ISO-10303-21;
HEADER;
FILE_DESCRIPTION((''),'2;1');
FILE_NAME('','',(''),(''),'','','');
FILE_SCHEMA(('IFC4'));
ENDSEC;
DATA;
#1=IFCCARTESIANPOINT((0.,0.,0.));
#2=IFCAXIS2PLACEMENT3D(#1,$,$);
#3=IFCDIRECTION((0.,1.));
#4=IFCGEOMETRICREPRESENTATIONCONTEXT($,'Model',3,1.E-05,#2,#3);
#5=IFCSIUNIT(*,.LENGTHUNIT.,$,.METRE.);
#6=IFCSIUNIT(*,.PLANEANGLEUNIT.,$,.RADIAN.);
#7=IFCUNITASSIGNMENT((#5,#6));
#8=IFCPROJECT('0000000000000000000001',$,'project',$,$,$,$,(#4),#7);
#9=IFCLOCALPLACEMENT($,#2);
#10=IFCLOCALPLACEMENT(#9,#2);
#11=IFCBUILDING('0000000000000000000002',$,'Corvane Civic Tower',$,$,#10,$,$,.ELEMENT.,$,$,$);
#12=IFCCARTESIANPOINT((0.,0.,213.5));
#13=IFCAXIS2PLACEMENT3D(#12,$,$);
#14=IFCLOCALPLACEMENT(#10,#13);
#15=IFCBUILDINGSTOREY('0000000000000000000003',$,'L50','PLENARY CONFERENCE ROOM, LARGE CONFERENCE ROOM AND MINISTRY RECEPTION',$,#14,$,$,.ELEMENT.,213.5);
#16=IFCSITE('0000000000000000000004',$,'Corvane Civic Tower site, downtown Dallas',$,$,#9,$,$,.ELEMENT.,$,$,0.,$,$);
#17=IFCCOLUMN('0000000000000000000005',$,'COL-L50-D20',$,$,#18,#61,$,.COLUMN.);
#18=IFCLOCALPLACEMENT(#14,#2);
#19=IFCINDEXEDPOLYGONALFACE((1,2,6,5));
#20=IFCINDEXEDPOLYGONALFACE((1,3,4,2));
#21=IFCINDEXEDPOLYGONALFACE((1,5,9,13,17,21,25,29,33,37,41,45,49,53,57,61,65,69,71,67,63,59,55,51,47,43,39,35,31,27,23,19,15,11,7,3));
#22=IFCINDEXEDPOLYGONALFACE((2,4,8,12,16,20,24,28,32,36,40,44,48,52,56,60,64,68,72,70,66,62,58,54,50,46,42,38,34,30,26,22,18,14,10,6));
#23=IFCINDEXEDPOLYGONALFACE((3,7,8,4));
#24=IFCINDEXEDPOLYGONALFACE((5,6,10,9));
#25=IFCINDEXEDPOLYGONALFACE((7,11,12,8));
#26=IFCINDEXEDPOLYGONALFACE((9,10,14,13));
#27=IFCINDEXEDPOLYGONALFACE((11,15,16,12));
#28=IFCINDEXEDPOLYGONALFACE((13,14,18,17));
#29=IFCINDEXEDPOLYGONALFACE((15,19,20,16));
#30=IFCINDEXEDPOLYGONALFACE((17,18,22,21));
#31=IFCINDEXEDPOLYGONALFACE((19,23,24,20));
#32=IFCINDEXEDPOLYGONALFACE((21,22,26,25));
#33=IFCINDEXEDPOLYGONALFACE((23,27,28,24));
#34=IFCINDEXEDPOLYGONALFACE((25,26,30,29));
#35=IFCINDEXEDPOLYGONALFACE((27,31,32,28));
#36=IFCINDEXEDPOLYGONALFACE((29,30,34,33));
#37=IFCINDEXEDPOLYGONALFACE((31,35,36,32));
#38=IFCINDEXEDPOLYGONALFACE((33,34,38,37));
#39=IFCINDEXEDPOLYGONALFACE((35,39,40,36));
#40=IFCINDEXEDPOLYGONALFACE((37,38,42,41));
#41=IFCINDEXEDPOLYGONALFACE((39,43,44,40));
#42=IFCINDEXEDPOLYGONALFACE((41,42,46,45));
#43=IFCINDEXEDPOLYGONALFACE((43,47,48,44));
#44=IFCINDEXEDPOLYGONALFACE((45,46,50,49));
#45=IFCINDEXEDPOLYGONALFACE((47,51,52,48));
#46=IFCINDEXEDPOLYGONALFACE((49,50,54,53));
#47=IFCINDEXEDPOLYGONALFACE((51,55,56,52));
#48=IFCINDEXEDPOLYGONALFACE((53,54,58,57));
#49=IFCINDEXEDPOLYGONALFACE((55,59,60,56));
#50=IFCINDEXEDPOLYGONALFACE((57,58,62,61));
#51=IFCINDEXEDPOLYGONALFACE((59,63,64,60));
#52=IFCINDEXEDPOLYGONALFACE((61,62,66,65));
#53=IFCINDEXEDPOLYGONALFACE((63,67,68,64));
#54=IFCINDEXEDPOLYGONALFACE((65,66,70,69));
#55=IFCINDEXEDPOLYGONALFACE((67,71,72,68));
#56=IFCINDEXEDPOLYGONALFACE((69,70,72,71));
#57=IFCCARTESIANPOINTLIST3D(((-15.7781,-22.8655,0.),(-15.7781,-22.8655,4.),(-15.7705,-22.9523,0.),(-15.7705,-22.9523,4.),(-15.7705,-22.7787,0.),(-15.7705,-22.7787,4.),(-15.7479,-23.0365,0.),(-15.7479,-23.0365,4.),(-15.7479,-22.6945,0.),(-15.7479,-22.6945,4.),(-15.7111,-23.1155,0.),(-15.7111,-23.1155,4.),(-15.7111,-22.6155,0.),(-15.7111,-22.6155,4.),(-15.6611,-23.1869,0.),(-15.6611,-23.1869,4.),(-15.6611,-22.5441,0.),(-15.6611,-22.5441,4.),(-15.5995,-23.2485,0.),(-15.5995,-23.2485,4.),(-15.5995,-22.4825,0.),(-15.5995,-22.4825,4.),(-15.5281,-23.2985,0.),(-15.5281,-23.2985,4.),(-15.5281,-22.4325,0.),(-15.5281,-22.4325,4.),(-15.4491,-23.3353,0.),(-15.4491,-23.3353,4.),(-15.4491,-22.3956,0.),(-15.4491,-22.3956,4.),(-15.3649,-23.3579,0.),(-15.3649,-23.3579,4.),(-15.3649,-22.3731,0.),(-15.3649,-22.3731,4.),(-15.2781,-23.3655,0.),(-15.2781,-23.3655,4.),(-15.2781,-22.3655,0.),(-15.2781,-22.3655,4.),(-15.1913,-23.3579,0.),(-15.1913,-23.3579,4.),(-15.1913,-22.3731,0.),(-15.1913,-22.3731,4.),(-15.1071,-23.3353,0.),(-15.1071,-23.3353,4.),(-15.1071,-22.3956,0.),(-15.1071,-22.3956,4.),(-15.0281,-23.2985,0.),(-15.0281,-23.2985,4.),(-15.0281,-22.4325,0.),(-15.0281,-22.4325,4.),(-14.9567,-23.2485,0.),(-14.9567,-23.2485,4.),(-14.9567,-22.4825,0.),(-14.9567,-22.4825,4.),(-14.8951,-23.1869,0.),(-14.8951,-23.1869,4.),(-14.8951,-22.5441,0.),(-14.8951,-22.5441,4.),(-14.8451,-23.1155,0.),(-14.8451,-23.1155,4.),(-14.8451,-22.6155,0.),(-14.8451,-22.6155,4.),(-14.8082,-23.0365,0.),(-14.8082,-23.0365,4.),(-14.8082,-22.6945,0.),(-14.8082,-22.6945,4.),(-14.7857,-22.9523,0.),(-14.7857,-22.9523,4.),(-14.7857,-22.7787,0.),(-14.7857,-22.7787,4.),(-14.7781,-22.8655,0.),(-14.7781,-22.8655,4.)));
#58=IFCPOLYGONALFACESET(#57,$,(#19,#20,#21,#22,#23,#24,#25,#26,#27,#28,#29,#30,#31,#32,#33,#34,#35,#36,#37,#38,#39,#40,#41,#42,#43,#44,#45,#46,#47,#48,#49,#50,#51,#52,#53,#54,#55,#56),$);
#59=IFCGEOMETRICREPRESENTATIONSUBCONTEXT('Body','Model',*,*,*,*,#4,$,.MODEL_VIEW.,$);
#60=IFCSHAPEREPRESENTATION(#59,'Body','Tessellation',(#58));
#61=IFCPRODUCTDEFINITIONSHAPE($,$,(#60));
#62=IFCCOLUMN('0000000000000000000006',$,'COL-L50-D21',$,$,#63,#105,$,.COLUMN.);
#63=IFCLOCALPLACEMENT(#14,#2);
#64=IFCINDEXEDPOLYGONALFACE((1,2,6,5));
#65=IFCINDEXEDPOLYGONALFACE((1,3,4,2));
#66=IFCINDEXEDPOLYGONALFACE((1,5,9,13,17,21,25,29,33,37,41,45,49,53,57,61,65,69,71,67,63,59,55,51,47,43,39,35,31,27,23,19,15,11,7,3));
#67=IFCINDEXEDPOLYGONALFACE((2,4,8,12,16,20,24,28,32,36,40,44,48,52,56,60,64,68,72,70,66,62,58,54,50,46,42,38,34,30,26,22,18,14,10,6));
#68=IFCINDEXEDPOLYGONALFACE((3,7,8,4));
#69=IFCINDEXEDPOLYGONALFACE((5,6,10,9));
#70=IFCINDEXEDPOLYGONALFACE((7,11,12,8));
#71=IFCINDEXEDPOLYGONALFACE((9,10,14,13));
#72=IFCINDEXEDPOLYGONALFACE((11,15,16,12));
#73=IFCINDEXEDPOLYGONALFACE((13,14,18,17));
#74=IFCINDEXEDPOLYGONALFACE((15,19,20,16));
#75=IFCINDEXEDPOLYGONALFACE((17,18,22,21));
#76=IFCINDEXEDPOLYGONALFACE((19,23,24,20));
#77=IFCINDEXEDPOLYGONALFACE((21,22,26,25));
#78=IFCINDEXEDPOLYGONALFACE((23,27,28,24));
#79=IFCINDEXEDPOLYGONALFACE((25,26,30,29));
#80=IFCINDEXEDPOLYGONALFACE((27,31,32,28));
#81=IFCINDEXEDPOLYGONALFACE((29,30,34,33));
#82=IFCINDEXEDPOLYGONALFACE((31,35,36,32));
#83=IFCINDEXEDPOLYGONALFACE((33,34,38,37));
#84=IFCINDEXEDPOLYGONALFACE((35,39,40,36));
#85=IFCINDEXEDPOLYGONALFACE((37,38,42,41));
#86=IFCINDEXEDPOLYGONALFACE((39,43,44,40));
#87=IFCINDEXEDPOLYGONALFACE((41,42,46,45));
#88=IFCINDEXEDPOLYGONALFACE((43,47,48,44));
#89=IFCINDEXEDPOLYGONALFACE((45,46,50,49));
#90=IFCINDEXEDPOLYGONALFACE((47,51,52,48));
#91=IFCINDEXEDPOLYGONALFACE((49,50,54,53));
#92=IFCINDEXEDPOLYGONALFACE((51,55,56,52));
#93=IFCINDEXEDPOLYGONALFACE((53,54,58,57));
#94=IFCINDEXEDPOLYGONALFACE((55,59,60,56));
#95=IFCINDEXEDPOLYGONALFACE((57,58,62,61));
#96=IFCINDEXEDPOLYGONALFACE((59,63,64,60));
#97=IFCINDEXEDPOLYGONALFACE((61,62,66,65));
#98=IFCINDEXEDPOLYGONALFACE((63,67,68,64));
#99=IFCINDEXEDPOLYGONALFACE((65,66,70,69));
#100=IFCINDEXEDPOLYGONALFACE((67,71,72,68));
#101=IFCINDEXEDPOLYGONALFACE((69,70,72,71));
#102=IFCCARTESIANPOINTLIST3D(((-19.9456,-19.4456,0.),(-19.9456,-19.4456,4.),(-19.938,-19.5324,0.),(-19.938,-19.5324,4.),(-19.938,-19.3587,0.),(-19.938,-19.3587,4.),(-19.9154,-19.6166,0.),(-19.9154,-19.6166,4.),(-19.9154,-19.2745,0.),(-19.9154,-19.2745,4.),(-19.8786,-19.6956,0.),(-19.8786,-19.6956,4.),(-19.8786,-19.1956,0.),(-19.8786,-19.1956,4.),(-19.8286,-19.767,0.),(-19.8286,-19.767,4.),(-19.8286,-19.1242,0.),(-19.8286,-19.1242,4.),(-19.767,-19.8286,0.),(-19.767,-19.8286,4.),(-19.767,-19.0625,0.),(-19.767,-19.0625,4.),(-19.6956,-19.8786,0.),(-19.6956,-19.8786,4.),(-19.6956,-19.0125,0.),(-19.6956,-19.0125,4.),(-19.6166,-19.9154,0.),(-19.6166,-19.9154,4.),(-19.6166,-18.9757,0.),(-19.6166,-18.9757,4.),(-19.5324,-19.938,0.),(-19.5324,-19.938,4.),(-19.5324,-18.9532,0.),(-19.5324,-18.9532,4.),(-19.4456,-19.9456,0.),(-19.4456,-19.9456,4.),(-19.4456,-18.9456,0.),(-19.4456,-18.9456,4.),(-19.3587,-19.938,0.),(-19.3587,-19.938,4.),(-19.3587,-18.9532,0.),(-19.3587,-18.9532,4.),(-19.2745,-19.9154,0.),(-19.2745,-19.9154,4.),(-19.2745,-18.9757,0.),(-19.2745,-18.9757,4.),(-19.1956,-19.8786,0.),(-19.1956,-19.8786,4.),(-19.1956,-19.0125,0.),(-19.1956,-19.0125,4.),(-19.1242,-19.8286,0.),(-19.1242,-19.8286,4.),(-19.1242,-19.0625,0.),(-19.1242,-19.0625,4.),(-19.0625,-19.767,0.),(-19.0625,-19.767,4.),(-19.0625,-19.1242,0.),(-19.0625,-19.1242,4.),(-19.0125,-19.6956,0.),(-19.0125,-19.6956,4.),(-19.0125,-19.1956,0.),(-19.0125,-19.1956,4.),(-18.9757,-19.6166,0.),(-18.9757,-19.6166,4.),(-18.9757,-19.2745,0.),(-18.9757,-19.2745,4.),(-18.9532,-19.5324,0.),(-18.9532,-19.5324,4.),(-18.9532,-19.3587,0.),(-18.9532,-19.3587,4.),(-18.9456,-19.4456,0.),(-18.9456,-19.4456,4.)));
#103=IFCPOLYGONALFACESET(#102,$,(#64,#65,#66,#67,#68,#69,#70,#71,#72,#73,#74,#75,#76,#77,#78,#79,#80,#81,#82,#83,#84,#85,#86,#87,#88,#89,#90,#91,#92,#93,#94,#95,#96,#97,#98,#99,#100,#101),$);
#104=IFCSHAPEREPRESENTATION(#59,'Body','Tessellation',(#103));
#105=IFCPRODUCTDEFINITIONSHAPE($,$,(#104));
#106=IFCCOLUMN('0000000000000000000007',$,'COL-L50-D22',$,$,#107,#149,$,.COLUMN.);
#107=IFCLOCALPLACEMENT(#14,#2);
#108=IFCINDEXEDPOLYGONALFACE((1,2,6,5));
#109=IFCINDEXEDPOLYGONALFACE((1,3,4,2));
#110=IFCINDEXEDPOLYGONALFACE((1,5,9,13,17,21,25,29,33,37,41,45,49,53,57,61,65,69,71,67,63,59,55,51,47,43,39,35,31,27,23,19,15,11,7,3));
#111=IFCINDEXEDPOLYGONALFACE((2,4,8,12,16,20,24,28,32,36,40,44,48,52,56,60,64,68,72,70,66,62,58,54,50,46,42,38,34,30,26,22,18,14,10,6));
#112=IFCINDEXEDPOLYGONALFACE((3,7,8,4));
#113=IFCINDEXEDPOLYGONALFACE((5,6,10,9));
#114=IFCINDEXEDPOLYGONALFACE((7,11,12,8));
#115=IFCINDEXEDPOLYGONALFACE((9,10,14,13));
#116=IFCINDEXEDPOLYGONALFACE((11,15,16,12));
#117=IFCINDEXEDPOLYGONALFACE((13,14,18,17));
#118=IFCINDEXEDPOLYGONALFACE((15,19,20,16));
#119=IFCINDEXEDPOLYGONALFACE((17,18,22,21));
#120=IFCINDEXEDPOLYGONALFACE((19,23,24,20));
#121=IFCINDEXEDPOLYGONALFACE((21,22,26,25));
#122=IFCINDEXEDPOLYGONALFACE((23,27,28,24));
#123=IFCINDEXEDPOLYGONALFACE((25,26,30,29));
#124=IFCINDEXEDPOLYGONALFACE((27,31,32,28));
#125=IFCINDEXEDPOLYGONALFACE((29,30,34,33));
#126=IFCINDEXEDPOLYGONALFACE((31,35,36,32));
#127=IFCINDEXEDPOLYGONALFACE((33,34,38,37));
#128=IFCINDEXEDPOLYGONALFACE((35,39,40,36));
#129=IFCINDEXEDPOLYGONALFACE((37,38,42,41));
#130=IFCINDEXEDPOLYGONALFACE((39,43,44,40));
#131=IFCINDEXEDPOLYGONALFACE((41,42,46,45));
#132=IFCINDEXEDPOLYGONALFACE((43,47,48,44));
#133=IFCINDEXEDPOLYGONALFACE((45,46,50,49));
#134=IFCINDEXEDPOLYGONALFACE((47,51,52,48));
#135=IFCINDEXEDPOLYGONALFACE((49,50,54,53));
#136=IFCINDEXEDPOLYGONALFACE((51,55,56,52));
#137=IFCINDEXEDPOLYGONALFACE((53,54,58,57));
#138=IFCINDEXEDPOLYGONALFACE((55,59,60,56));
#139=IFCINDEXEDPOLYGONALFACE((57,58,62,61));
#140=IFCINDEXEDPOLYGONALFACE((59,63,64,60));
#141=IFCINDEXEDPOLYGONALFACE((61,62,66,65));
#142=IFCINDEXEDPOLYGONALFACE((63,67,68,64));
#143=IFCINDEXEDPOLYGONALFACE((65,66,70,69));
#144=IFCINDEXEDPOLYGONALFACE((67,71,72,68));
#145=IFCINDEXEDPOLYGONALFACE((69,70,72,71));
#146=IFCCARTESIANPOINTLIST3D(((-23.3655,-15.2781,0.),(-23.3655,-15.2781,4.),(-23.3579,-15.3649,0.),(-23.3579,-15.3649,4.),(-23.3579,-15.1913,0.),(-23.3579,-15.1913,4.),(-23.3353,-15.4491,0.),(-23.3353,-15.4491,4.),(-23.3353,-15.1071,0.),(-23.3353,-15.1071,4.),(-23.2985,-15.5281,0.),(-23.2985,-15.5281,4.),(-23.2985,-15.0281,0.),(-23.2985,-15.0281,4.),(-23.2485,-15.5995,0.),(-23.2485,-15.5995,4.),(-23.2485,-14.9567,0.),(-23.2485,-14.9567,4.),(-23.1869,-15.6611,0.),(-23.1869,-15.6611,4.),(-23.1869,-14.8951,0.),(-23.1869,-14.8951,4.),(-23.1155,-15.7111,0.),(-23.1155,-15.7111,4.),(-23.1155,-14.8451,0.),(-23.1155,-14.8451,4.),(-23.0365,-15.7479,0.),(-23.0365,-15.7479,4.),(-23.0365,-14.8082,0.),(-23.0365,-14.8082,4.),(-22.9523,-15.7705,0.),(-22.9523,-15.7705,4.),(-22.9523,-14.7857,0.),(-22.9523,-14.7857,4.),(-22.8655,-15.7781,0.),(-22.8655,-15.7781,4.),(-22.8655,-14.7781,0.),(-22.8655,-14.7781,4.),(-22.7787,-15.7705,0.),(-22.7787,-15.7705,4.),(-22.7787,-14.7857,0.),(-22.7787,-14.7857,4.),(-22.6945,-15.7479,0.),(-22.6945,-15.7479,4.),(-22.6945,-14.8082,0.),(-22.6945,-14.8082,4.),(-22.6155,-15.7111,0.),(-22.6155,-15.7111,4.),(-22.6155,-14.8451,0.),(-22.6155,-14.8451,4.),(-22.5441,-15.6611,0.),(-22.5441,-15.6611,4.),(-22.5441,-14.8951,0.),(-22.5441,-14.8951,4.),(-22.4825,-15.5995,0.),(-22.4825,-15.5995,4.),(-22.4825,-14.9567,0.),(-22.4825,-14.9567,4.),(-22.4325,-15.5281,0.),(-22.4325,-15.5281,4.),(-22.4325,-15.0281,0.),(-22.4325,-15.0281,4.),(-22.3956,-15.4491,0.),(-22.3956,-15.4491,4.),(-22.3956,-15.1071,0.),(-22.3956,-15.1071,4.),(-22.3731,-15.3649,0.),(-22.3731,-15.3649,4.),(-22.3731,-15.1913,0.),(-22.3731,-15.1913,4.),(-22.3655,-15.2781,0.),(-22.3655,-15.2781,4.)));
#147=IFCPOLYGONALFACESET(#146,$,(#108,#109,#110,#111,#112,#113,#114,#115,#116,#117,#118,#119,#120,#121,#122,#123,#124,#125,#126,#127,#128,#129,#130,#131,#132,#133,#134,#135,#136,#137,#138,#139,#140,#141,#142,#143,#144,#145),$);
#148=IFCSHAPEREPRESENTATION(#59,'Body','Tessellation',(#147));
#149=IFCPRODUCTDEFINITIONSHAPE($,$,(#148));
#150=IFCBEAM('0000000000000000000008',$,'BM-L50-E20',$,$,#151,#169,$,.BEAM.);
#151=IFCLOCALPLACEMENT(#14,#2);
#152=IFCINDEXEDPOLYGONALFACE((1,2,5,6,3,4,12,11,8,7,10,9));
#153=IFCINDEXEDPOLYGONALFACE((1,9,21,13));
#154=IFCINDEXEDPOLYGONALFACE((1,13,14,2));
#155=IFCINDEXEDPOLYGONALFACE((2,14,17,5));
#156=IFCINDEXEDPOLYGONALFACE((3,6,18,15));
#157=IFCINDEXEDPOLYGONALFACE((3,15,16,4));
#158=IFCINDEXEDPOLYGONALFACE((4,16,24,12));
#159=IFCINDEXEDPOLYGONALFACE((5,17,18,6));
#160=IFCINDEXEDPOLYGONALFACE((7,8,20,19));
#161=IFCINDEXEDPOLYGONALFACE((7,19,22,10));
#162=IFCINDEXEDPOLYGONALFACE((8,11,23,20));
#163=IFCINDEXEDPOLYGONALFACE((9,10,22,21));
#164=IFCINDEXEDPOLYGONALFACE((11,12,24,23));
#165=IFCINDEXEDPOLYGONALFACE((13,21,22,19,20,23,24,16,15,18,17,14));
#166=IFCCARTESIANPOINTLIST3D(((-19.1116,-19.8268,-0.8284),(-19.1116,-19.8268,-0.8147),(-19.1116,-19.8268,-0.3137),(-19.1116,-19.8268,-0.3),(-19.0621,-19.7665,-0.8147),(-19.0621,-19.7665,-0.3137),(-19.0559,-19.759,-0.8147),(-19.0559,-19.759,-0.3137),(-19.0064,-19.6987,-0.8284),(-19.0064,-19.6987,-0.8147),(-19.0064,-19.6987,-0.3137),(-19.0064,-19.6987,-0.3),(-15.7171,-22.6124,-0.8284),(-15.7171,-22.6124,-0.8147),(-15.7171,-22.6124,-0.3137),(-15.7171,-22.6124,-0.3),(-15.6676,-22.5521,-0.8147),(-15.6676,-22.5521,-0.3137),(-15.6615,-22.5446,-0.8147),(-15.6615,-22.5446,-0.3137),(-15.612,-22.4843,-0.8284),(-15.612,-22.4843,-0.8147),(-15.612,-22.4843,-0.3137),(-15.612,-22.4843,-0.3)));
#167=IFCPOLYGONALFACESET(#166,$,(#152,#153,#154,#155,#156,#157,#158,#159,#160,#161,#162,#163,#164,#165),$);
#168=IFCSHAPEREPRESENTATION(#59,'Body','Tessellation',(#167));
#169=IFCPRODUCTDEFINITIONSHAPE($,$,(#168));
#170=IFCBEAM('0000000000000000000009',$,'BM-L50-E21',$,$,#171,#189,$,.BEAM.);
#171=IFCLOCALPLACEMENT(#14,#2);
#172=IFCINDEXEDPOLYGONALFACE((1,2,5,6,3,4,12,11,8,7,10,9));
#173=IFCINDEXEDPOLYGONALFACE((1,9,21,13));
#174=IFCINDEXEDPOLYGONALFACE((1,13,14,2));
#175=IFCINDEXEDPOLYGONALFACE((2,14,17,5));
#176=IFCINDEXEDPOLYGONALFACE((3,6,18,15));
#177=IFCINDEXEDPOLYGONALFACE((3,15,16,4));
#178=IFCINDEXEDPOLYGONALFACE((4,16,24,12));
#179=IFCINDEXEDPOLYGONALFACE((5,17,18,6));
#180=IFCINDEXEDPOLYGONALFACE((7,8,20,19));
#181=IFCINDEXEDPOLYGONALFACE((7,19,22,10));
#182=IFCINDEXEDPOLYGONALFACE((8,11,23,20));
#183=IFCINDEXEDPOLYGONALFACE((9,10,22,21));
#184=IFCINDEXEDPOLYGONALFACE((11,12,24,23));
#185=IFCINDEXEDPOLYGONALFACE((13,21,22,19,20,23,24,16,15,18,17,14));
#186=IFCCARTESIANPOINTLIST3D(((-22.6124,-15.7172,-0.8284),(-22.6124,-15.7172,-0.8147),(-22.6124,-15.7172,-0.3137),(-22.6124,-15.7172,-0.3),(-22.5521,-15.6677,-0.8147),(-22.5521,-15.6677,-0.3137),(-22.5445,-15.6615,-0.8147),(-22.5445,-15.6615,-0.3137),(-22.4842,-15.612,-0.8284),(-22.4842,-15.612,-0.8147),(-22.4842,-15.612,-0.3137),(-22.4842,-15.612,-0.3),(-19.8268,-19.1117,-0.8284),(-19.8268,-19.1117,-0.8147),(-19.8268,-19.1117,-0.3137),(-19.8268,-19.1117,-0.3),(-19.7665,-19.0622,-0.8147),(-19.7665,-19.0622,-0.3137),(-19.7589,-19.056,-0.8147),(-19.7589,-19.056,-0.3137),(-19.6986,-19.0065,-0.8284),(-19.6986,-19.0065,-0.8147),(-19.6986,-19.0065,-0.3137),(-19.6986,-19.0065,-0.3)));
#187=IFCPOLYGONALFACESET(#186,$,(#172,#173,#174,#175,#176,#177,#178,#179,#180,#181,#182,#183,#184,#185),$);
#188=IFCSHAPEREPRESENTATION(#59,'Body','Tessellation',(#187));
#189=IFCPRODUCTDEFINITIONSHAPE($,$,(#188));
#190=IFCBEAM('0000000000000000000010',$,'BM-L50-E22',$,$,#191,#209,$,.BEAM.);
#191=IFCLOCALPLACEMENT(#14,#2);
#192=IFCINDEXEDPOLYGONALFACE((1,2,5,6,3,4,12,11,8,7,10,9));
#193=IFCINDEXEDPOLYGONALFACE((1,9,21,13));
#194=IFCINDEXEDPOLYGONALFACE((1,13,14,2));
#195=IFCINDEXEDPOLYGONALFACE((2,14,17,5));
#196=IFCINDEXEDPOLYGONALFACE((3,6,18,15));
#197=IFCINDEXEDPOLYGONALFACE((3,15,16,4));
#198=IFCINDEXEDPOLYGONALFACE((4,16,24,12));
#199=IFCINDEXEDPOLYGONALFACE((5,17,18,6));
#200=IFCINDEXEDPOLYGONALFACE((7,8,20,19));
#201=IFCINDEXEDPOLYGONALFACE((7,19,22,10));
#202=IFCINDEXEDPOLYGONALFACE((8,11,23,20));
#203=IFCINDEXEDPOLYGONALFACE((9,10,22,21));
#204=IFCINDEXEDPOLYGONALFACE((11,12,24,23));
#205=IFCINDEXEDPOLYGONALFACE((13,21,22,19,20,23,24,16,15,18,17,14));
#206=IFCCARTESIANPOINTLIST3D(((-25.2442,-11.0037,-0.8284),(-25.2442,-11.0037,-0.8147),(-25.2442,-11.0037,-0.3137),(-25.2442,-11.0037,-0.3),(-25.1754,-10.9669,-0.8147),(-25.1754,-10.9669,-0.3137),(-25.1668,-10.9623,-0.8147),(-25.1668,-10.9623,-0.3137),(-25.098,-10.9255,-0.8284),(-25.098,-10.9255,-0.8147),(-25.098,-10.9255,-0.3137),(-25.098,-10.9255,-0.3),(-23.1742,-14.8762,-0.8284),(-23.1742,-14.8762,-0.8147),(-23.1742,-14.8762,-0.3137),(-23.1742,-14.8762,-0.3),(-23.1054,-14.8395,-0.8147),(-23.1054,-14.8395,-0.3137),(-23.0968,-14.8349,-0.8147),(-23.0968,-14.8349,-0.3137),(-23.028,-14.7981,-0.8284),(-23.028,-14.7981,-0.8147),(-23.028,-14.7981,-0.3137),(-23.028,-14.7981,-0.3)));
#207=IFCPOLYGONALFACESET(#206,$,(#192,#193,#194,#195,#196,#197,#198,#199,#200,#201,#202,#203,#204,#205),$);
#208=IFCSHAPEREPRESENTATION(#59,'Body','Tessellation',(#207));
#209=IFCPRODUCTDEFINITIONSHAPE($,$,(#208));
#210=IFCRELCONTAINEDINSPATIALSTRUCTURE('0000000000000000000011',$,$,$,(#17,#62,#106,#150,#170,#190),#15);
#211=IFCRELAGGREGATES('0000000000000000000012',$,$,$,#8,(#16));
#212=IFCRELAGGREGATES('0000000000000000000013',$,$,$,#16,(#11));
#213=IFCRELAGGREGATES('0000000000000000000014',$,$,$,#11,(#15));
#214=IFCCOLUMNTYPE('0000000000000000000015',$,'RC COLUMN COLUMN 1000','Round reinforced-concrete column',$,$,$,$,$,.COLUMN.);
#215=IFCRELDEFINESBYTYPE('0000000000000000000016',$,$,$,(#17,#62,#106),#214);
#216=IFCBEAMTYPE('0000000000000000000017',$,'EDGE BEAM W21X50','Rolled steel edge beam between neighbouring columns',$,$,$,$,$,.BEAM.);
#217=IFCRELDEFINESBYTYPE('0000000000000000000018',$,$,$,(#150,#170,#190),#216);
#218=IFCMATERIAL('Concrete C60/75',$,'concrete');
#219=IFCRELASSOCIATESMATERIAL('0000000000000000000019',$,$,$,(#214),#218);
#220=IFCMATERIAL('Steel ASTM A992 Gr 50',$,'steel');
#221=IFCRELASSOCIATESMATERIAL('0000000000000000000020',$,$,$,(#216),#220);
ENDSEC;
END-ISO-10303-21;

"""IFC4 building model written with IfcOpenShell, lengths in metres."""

from ifc_helpers import new_model, si_unit, direction, frame, origin, origin_2d, place, context, subcontext, project, spatial, circle, i_section, extrude, material, material_profile, profile_set, type_object, element, save


model = new_model("IFC4")

# Units and contexts
model_context = context("Model", 3, precision=1e-05, world=origin(), true_north=direction((0.0, 1.0)))
body_context = subcontext(model_context, "Body", "Model", "MODEL_VIEW")
ifc_project = project(units=[si_unit("LENGTHUNIT", "METRE"), si_unit("PLANEANGLEUNIT", "RADIAN")], contexts=[model_context])

# Site, building, storey
site_placement = place(None, origin())
site = spatial("IfcSite", under=ifc_project, at=site_placement, Name="Corvane Civic Tower site, downtown Dallas", CompositionType="ELEMENT", RefElevation=0.0)
building_placement = place(site_placement, origin())
building = spatial("IfcBuilding", under=site, at=building_placement, Name="Corvane Civic Tower", CompositionType="ELEMENT")
storey_placement = place(building_placement, frame((0.0, 0.0, 213.5)))
storey = spatial("IfcBuildingStorey", under=building, at=storey_placement, Name="L50", Description="PLENARY CONFERENCE ROOM, LARGE CONFERENCE ROOM AND MINISTRY RECEPTION", CompositionType="ELEMENT", Elevation=213.5)

# Columns
ifc_material_1 = material(Name="Concrete C60/75", Category="concrete")
ifc_material_profile_1 = material_profile(ifc_material_1, circle(Radius=0.5, at=origin_2d()), Name="COLUMN 1000")
ifc_profile_set_1 = profile_set([ifc_material_profile_1], Name="Concrete C60/75")
column_type = type_object("IfcColumnType", Name="RC COLUMN COLUMN 1000", Description="Round reinforced-concrete column", PredefinedType="COLUMN", material=ifc_profile_set_1)
for number, where, z_axis, x_axis, name in (
    (1, (-15.2781, -22.8655, 0.0), (0.0, 0.0, 1.0), (1.0, 0.0, 0.0), "COL-L50-D20"),
    (2, (-19.4456, -19.4456, 0.0), (0.0, 0.0, 1.0), (1.0, 0.0, 0.0), "COL-L50-D21"),
    (3, (-22.8655, -15.2781, 0.0), (0.0, 0.0, 1.0), (1.0, 0.0, 0.0), "COL-L50-D22"),
):
    element("IfcColumn", number, at=place(storey_placement, frame(where, z_axis=z_axis, x_axis=x_axis)), inside=storey, type_object=column_type, Name=name, PredefinedType="COLUMN", context=body_context, shape_type="SweptSolid", body=[
        extrude(circle(Radius=0.5, at=origin_2d()), origin(), (0.0, 0.0, 1.0), 4.0),
    ])

# Beams
ifc_material_2 = material(Name="Steel ASTM A992 Gr 50", Category="steel")
ifc_material_profile_2 = material_profile(ifc_material_2, i_section(OverallWidth=0.1658, OverallDepth=0.5283, WebThickness=0.0098, FlangeThickness=0.0137, at=origin_2d()), Name="W21X50")
ifc_profile_set_2 = profile_set([ifc_material_profile_2], Name="Steel ASTM A992 Gr 50")
beam_type_1 = type_object("IfcBeamType", Name="EDGE BEAM W21X50", Description="Rolled steel edge beam between neighbouring columns", PredefinedType="BEAM", material=ifc_profile_set_2)
for number, where, z_axis, x_axis, name in (
    (4, (-15.6646, -22.5483, -0.5642), (-0.77303, 0.634369, 0.0), (-0.634369, -0.77303, 0.0), "BM-L50-E20"),
    (5, (-19.7627, -19.0591, -0.5642), (-0.634369, 0.77303, 0.0), (-0.77303, -0.634369, 0.0), "BM-L50-E21"),
    (6, (-23.1011, -14.8372, -0.5642), (-0.471422, 0.881908, 0.0), (-0.881908, -0.471422, 0.0), "BM-L50-E22"),
):
    element("IfcBeam", number, at=place(storey_placement, frame(where, z_axis=z_axis, x_axis=x_axis)), inside=storey, type_object=beam_type_1, Name=name, PredefinedType="BEAM", context=body_context, shape_type="SweptSolid", body=[
        extrude(i_section(OverallWidth=0.1658, OverallDepth=0.5283, WebThickness=0.0098, FlangeThickness=0.0137, at=origin_2d()), origin(), (0.0, 0.0, 1.0), 4.3911),
    ])

save(model, "model.ifc")
